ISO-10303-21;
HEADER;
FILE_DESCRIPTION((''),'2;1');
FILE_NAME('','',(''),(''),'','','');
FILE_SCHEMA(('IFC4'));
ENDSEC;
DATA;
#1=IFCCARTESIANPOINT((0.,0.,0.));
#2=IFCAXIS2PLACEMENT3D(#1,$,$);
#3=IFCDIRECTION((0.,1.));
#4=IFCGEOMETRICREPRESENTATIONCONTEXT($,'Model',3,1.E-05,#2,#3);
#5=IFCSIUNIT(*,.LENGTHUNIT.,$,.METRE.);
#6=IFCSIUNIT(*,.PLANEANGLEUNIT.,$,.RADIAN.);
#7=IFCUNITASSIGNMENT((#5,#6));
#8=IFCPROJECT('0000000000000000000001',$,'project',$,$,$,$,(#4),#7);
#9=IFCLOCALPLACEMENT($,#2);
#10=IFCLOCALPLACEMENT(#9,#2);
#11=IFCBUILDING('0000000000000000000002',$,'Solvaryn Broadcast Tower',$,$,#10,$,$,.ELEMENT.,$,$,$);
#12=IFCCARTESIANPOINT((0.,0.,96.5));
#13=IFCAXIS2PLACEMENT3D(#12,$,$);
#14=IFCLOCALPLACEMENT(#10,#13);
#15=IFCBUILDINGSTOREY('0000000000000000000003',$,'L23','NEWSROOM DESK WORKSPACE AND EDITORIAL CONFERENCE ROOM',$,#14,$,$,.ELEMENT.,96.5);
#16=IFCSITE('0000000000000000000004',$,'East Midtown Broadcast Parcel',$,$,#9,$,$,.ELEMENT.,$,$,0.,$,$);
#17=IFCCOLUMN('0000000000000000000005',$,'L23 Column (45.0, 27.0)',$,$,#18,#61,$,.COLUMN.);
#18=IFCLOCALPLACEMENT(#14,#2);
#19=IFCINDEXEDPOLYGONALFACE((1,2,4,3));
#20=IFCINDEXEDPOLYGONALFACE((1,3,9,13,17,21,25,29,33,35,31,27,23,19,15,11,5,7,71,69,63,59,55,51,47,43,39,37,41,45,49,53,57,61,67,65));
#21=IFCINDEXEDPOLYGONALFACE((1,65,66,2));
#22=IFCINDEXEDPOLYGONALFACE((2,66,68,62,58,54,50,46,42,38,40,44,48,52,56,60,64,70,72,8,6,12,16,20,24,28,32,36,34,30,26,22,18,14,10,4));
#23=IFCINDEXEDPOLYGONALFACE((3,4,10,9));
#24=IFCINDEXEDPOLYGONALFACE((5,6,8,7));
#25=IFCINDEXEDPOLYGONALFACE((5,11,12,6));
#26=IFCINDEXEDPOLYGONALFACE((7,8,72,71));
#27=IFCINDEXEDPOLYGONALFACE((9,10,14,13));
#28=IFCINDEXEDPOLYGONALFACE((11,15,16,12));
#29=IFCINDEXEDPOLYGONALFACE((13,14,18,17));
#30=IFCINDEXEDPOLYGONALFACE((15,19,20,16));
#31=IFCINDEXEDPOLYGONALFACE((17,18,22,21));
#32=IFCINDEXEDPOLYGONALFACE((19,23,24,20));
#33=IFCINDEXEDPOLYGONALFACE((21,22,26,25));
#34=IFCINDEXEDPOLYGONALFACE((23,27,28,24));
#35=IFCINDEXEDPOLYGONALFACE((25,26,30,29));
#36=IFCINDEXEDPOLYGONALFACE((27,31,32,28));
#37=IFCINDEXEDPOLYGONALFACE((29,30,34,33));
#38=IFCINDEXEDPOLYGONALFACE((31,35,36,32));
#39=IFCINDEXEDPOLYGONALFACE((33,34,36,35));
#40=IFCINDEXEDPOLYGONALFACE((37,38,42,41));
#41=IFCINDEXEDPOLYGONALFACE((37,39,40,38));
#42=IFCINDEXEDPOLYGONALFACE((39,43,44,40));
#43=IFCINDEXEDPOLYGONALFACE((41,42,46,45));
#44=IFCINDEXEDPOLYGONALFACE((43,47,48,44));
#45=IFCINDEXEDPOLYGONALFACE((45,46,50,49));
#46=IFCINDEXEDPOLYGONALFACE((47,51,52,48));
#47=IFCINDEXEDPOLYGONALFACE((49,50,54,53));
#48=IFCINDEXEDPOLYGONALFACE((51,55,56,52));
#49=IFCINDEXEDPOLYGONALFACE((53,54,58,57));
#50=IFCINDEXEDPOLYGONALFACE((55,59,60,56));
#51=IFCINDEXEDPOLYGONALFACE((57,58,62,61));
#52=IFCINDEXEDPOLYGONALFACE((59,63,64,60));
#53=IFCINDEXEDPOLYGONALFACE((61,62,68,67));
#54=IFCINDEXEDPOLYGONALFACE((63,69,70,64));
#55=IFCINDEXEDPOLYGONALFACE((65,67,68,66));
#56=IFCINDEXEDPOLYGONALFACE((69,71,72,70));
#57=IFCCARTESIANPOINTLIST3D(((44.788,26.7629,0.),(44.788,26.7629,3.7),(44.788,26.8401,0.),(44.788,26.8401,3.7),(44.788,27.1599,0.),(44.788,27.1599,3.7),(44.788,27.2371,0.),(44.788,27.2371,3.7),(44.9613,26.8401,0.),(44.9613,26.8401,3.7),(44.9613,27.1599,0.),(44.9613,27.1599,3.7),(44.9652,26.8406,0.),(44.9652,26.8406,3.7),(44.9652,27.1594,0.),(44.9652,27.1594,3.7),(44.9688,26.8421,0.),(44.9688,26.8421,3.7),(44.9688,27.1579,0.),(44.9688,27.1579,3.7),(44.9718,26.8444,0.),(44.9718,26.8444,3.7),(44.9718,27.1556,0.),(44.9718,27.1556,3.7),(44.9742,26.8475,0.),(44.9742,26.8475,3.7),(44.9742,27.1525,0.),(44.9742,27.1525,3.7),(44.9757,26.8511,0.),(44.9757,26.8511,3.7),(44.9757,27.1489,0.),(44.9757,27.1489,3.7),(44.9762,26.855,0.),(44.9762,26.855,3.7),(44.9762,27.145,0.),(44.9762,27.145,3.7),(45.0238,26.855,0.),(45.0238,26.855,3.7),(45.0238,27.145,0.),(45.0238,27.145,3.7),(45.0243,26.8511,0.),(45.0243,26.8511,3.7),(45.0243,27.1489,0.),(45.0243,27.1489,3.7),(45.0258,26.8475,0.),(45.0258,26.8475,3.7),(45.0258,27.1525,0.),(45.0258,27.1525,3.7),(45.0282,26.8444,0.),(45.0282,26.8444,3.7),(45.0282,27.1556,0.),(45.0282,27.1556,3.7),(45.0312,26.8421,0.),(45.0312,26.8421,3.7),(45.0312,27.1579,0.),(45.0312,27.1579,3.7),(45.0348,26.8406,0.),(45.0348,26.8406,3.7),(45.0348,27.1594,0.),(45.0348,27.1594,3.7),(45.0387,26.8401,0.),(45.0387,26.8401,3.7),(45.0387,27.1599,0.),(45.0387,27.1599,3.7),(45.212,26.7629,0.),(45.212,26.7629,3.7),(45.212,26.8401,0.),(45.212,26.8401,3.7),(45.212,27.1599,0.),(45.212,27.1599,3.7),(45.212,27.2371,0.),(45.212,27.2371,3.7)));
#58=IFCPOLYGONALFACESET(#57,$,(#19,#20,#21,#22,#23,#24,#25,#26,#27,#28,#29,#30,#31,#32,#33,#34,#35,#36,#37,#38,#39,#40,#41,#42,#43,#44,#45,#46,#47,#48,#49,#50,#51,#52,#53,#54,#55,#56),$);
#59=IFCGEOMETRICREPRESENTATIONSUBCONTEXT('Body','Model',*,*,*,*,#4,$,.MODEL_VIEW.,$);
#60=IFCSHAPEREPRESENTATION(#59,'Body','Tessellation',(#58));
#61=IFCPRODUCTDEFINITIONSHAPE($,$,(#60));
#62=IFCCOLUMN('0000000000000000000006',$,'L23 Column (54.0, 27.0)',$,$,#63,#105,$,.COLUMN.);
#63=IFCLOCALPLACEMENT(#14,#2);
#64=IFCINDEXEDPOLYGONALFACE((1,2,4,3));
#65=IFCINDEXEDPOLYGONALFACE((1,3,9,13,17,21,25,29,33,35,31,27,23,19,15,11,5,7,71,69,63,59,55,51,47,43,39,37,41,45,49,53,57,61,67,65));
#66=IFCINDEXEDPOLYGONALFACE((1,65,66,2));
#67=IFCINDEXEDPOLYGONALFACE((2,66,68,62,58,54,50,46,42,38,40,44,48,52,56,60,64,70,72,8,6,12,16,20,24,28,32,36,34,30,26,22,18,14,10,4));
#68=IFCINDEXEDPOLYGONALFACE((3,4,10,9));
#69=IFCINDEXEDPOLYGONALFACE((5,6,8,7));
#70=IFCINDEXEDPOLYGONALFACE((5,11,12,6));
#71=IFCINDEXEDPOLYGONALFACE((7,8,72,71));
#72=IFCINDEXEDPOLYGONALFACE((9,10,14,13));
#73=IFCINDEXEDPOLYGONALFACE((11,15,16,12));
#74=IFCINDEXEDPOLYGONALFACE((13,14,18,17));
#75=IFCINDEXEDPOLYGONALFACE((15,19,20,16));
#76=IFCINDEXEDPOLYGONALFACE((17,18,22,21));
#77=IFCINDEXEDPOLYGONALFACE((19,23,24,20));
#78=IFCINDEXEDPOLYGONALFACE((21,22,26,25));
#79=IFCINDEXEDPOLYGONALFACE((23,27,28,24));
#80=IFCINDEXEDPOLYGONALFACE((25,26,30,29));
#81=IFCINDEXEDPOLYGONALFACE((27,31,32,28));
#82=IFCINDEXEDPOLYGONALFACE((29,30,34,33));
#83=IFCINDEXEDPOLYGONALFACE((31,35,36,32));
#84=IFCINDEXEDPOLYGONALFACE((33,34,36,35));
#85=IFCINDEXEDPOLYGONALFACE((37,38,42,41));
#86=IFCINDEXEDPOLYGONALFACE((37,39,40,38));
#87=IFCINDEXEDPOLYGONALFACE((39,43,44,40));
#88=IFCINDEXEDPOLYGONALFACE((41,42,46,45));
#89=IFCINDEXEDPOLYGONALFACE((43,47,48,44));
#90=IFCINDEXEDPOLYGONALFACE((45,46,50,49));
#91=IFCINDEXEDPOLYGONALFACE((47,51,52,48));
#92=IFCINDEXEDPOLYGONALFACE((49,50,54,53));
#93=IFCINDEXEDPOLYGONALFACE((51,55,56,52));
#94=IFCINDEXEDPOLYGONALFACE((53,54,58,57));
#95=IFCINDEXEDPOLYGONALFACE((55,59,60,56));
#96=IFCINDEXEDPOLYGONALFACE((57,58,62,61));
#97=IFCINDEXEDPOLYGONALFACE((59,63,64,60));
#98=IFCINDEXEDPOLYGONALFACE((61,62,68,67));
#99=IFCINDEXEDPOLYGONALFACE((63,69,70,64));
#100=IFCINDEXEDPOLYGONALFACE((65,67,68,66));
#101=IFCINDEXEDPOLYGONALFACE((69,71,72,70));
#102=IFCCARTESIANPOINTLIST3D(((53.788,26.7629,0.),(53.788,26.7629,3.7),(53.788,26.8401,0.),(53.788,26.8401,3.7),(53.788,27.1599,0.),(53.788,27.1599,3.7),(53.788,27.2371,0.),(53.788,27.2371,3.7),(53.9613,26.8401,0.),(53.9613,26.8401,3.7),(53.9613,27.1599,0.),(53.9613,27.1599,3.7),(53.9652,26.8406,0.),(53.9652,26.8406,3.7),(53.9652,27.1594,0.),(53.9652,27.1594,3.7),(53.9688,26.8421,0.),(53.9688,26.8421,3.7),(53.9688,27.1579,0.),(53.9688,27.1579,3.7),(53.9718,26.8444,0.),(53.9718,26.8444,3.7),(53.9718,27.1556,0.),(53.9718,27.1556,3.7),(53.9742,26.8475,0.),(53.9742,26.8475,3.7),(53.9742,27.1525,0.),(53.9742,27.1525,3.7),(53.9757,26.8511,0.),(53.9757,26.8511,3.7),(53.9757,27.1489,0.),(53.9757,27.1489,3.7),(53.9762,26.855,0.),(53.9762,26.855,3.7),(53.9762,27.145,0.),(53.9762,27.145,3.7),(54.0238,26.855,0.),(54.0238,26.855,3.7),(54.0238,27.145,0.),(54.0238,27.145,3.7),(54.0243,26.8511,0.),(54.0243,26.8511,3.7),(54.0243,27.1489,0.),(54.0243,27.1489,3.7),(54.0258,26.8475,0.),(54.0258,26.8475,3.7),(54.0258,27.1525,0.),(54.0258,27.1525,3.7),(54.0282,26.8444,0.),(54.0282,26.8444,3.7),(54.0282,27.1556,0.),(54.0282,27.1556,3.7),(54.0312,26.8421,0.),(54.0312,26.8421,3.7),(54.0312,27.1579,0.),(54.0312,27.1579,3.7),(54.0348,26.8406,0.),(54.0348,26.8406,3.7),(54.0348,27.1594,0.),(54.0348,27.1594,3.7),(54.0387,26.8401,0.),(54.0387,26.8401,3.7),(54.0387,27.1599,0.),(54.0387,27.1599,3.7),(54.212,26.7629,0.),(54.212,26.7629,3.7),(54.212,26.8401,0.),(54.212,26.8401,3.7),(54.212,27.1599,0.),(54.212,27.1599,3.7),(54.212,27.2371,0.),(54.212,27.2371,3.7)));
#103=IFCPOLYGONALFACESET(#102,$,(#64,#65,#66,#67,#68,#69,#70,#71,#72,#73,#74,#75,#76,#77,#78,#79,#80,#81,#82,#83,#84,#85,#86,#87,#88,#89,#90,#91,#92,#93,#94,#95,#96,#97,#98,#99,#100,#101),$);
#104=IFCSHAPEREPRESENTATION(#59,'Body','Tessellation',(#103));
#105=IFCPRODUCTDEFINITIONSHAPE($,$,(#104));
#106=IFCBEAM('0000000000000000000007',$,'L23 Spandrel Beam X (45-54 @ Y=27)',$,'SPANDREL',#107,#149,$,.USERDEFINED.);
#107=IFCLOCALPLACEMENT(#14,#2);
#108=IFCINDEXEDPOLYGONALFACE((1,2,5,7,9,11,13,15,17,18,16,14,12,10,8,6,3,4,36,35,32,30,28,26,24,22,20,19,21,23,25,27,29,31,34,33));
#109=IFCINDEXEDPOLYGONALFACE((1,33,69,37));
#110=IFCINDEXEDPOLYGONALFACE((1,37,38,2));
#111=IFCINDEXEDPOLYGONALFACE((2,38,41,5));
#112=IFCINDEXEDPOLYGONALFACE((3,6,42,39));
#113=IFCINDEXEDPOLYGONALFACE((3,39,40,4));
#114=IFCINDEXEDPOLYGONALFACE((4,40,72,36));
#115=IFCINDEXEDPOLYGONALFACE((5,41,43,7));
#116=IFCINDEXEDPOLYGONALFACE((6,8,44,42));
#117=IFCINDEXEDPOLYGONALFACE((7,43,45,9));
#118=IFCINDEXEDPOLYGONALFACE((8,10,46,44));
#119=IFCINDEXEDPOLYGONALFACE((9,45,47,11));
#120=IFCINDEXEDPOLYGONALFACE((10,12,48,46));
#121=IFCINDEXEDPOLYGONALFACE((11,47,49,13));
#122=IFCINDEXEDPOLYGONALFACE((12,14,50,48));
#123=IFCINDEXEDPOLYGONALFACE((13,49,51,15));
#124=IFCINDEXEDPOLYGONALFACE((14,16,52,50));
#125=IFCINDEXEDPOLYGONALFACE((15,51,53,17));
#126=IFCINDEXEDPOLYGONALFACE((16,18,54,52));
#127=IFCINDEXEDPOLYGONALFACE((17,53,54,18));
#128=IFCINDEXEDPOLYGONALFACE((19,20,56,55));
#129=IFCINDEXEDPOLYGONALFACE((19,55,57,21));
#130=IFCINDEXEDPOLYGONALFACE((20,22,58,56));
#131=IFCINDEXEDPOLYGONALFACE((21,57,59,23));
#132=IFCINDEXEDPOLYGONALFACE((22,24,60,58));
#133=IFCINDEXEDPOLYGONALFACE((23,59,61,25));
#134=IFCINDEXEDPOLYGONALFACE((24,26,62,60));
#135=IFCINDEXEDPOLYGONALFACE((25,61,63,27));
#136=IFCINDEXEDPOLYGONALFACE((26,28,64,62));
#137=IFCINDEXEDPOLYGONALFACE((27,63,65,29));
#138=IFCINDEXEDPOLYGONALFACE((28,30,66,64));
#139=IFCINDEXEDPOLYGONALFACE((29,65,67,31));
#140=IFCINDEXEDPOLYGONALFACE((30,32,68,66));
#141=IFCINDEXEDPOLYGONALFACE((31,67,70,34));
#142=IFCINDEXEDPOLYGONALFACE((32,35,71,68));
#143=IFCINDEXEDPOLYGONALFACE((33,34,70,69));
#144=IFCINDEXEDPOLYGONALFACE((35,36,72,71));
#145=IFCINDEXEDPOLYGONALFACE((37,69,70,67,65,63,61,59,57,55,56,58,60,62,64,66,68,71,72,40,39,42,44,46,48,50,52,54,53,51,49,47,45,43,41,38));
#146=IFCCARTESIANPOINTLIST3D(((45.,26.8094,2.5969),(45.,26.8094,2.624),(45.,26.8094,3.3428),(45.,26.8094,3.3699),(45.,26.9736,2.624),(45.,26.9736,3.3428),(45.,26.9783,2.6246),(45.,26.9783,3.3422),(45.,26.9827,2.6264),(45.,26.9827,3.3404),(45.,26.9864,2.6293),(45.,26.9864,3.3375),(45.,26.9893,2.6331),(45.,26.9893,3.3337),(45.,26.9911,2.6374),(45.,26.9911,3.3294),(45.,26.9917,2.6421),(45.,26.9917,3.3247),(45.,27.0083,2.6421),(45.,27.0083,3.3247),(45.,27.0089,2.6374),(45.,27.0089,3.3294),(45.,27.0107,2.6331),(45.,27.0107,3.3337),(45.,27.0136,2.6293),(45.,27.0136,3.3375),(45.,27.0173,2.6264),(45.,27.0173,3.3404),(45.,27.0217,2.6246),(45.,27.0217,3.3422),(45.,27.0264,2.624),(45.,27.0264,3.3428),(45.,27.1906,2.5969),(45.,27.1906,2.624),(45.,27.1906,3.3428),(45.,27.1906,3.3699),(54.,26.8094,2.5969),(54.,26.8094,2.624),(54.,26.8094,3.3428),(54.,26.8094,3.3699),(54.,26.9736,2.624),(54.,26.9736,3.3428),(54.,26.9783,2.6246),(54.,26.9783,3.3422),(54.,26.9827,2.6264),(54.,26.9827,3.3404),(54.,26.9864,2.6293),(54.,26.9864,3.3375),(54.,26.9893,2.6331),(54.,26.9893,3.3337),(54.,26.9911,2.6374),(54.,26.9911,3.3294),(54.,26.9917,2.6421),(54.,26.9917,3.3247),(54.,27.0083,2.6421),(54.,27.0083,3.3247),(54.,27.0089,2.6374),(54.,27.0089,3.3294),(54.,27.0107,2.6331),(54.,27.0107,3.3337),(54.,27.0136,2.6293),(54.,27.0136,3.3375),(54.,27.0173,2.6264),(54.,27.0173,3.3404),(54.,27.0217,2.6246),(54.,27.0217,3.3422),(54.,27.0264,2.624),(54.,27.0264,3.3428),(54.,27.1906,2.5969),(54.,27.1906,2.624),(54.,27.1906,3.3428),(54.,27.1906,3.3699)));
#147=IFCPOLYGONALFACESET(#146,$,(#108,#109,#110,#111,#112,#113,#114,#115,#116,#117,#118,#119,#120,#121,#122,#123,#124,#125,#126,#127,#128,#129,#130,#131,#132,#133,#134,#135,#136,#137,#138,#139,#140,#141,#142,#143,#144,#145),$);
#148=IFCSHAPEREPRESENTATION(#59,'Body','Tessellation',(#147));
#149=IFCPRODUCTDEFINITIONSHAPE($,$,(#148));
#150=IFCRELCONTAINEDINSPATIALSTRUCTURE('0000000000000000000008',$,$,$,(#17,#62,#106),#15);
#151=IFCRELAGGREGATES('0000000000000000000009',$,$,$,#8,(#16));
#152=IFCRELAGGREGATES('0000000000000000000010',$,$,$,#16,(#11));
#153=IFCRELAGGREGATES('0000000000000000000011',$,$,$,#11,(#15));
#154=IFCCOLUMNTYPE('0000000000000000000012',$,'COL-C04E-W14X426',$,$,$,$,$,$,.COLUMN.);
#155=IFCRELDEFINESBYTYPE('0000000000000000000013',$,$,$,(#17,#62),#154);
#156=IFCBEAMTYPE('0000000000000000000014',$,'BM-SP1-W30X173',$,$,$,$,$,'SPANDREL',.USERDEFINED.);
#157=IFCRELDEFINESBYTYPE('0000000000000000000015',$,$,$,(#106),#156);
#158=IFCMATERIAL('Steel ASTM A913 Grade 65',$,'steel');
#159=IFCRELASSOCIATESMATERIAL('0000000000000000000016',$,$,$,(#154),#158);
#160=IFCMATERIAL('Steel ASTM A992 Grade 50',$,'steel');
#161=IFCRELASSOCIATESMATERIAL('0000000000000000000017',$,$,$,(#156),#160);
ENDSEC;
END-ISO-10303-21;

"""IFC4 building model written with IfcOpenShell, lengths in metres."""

from ifc_helpers import new_model, si_unit, direction, frame, origin, origin_2d, place, context, subcontext, project, spatial, i_section, extrude, material, material_profile, profile_set, type_object, element, save


model = new_model("IFC4")

# Units and contexts
model_context = context("Model", 3, precision=1e-05, world=origin(), true_north=direction((0.0, 1.0)))
body_context = subcontext(model_context, "Body", "Model", "MODEL_VIEW")
ifc_project = project(units=[si_unit("LENGTHUNIT", "METRE"), si_unit("PLANEANGLEUNIT", "RADIAN")], contexts=[model_context])

# Site, building, storey
site_placement = place(None, origin())
site = spatial("IfcSite", under=ifc_project, at=site_placement, Name="East Midtown Broadcast Parcel", CompositionType="ELEMENT", RefElevation=0.0)
building_placement = place(site_placement, origin())
building = spatial("IfcBuilding", under=site, at=building_placement, Name="Solvaryn Broadcast Tower", CompositionType="ELEMENT")
storey_placement = place(building_placement, frame((0.0, 0.0, 96.5)))
storey = spatial("IfcBuildingStorey", under=building, at=storey_placement, Name="L23", Description="NEWSROOM DESK WORKSPACE AND EDITORIAL CONFERENCE ROOM", CompositionType="ELEMENT", Elevation=96.5)

# Columns
ifc_material_1 = material(Name="Steel ASTM A913 Grade 65", Category="steel")
ifc_material_profile_1 = material_profile(ifc_material_1, i_section(OverallWidth=0.4241, OverallDepth=0.4741, WebThickness=0.0476, FlangeThickness=0.0771, FilletRadius=0.0149, at=origin_2d()))
ifc_profile_set_1 = profile_set([ifc_material_profile_1], Name="Steel ASTM A913 Grade 65")
column_type = type_object("IfcColumnType", Name="COL-C04E-W14X426", PredefinedType="COLUMN", material=ifc_profile_set_1)
for number, where, z_axis, x_axis, name in (
    (1, (45.0, 27.0, 0.0), (0.0, 0.0, 1.0), (1.0, 0.0, 0.0), "L23 Column (45.0, 27.0)"),
    (2, (54.0, 27.0, 0.0), (0.0, 0.0, 1.0), (1.0, 0.0, 0.0), "L23 Column (54.0, 27.0)"),
):
    element("IfcColumn", number, at=place(storey_placement, frame(where, z_axis=z_axis, x_axis=x_axis)), inside=storey, type_object=column_type, Name=name, PredefinedType="COLUMN", context=body_context, shape_type="SweptSolid", body=[
        extrude(i_section(OverallWidth=0.4241, OverallDepth=0.4741, WebThickness=0.0476, FlangeThickness=0.0771, FilletRadius=0.0149, at=origin_2d()), origin(), (0.0, 0.0, 1.0), 3.7),
    ])

# Beam
ifc_material_2 = material(Name="Steel ASTM A992 Grade 50", Category="steel")
ifc_material_profile_2 = material_profile(ifc_material_2, i_section(OverallWidth=0.3811, OverallDepth=0.7729, WebThickness=0.0166, FlangeThickness=0.0271, FilletRadius=0.0181, at=origin_2d()))
ifc_profile_set_2 = profile_set([ifc_material_profile_2], Name="Steel ASTM A992 Grade 50")
beam_type = type_object("IfcBeamType", Name="BM-SP1-W30X173", ElementType="SPANDREL", PredefinedType="USERDEFINED", material=ifc_profile_set_2)
beam_placement = place(storey_placement, frame((45.0, 27.0, 2.9834), z_axis=(1.0, 0.0, 0.0), x_axis=(0.0, 1.0, 0.0)))
element("IfcBeam", 3, at=beam_placement, inside=storey, type_object=beam_type, Name="L23 Spandrel Beam X (45-54 @ Y=27)", ObjectType="SPANDREL", PredefinedType="USERDEFINED", context=body_context, shape_type="SweptSolid", body=[
    extrude(i_section(OverallWidth=0.3811, OverallDepth=0.7729, WebThickness=0.0166, FlangeThickness=0.0271, FilletRadius=0.0181, at=origin_2d()), origin(), (0.0, 0.0, 1.0), 9.0),
])

save(model, "model.ifc")
